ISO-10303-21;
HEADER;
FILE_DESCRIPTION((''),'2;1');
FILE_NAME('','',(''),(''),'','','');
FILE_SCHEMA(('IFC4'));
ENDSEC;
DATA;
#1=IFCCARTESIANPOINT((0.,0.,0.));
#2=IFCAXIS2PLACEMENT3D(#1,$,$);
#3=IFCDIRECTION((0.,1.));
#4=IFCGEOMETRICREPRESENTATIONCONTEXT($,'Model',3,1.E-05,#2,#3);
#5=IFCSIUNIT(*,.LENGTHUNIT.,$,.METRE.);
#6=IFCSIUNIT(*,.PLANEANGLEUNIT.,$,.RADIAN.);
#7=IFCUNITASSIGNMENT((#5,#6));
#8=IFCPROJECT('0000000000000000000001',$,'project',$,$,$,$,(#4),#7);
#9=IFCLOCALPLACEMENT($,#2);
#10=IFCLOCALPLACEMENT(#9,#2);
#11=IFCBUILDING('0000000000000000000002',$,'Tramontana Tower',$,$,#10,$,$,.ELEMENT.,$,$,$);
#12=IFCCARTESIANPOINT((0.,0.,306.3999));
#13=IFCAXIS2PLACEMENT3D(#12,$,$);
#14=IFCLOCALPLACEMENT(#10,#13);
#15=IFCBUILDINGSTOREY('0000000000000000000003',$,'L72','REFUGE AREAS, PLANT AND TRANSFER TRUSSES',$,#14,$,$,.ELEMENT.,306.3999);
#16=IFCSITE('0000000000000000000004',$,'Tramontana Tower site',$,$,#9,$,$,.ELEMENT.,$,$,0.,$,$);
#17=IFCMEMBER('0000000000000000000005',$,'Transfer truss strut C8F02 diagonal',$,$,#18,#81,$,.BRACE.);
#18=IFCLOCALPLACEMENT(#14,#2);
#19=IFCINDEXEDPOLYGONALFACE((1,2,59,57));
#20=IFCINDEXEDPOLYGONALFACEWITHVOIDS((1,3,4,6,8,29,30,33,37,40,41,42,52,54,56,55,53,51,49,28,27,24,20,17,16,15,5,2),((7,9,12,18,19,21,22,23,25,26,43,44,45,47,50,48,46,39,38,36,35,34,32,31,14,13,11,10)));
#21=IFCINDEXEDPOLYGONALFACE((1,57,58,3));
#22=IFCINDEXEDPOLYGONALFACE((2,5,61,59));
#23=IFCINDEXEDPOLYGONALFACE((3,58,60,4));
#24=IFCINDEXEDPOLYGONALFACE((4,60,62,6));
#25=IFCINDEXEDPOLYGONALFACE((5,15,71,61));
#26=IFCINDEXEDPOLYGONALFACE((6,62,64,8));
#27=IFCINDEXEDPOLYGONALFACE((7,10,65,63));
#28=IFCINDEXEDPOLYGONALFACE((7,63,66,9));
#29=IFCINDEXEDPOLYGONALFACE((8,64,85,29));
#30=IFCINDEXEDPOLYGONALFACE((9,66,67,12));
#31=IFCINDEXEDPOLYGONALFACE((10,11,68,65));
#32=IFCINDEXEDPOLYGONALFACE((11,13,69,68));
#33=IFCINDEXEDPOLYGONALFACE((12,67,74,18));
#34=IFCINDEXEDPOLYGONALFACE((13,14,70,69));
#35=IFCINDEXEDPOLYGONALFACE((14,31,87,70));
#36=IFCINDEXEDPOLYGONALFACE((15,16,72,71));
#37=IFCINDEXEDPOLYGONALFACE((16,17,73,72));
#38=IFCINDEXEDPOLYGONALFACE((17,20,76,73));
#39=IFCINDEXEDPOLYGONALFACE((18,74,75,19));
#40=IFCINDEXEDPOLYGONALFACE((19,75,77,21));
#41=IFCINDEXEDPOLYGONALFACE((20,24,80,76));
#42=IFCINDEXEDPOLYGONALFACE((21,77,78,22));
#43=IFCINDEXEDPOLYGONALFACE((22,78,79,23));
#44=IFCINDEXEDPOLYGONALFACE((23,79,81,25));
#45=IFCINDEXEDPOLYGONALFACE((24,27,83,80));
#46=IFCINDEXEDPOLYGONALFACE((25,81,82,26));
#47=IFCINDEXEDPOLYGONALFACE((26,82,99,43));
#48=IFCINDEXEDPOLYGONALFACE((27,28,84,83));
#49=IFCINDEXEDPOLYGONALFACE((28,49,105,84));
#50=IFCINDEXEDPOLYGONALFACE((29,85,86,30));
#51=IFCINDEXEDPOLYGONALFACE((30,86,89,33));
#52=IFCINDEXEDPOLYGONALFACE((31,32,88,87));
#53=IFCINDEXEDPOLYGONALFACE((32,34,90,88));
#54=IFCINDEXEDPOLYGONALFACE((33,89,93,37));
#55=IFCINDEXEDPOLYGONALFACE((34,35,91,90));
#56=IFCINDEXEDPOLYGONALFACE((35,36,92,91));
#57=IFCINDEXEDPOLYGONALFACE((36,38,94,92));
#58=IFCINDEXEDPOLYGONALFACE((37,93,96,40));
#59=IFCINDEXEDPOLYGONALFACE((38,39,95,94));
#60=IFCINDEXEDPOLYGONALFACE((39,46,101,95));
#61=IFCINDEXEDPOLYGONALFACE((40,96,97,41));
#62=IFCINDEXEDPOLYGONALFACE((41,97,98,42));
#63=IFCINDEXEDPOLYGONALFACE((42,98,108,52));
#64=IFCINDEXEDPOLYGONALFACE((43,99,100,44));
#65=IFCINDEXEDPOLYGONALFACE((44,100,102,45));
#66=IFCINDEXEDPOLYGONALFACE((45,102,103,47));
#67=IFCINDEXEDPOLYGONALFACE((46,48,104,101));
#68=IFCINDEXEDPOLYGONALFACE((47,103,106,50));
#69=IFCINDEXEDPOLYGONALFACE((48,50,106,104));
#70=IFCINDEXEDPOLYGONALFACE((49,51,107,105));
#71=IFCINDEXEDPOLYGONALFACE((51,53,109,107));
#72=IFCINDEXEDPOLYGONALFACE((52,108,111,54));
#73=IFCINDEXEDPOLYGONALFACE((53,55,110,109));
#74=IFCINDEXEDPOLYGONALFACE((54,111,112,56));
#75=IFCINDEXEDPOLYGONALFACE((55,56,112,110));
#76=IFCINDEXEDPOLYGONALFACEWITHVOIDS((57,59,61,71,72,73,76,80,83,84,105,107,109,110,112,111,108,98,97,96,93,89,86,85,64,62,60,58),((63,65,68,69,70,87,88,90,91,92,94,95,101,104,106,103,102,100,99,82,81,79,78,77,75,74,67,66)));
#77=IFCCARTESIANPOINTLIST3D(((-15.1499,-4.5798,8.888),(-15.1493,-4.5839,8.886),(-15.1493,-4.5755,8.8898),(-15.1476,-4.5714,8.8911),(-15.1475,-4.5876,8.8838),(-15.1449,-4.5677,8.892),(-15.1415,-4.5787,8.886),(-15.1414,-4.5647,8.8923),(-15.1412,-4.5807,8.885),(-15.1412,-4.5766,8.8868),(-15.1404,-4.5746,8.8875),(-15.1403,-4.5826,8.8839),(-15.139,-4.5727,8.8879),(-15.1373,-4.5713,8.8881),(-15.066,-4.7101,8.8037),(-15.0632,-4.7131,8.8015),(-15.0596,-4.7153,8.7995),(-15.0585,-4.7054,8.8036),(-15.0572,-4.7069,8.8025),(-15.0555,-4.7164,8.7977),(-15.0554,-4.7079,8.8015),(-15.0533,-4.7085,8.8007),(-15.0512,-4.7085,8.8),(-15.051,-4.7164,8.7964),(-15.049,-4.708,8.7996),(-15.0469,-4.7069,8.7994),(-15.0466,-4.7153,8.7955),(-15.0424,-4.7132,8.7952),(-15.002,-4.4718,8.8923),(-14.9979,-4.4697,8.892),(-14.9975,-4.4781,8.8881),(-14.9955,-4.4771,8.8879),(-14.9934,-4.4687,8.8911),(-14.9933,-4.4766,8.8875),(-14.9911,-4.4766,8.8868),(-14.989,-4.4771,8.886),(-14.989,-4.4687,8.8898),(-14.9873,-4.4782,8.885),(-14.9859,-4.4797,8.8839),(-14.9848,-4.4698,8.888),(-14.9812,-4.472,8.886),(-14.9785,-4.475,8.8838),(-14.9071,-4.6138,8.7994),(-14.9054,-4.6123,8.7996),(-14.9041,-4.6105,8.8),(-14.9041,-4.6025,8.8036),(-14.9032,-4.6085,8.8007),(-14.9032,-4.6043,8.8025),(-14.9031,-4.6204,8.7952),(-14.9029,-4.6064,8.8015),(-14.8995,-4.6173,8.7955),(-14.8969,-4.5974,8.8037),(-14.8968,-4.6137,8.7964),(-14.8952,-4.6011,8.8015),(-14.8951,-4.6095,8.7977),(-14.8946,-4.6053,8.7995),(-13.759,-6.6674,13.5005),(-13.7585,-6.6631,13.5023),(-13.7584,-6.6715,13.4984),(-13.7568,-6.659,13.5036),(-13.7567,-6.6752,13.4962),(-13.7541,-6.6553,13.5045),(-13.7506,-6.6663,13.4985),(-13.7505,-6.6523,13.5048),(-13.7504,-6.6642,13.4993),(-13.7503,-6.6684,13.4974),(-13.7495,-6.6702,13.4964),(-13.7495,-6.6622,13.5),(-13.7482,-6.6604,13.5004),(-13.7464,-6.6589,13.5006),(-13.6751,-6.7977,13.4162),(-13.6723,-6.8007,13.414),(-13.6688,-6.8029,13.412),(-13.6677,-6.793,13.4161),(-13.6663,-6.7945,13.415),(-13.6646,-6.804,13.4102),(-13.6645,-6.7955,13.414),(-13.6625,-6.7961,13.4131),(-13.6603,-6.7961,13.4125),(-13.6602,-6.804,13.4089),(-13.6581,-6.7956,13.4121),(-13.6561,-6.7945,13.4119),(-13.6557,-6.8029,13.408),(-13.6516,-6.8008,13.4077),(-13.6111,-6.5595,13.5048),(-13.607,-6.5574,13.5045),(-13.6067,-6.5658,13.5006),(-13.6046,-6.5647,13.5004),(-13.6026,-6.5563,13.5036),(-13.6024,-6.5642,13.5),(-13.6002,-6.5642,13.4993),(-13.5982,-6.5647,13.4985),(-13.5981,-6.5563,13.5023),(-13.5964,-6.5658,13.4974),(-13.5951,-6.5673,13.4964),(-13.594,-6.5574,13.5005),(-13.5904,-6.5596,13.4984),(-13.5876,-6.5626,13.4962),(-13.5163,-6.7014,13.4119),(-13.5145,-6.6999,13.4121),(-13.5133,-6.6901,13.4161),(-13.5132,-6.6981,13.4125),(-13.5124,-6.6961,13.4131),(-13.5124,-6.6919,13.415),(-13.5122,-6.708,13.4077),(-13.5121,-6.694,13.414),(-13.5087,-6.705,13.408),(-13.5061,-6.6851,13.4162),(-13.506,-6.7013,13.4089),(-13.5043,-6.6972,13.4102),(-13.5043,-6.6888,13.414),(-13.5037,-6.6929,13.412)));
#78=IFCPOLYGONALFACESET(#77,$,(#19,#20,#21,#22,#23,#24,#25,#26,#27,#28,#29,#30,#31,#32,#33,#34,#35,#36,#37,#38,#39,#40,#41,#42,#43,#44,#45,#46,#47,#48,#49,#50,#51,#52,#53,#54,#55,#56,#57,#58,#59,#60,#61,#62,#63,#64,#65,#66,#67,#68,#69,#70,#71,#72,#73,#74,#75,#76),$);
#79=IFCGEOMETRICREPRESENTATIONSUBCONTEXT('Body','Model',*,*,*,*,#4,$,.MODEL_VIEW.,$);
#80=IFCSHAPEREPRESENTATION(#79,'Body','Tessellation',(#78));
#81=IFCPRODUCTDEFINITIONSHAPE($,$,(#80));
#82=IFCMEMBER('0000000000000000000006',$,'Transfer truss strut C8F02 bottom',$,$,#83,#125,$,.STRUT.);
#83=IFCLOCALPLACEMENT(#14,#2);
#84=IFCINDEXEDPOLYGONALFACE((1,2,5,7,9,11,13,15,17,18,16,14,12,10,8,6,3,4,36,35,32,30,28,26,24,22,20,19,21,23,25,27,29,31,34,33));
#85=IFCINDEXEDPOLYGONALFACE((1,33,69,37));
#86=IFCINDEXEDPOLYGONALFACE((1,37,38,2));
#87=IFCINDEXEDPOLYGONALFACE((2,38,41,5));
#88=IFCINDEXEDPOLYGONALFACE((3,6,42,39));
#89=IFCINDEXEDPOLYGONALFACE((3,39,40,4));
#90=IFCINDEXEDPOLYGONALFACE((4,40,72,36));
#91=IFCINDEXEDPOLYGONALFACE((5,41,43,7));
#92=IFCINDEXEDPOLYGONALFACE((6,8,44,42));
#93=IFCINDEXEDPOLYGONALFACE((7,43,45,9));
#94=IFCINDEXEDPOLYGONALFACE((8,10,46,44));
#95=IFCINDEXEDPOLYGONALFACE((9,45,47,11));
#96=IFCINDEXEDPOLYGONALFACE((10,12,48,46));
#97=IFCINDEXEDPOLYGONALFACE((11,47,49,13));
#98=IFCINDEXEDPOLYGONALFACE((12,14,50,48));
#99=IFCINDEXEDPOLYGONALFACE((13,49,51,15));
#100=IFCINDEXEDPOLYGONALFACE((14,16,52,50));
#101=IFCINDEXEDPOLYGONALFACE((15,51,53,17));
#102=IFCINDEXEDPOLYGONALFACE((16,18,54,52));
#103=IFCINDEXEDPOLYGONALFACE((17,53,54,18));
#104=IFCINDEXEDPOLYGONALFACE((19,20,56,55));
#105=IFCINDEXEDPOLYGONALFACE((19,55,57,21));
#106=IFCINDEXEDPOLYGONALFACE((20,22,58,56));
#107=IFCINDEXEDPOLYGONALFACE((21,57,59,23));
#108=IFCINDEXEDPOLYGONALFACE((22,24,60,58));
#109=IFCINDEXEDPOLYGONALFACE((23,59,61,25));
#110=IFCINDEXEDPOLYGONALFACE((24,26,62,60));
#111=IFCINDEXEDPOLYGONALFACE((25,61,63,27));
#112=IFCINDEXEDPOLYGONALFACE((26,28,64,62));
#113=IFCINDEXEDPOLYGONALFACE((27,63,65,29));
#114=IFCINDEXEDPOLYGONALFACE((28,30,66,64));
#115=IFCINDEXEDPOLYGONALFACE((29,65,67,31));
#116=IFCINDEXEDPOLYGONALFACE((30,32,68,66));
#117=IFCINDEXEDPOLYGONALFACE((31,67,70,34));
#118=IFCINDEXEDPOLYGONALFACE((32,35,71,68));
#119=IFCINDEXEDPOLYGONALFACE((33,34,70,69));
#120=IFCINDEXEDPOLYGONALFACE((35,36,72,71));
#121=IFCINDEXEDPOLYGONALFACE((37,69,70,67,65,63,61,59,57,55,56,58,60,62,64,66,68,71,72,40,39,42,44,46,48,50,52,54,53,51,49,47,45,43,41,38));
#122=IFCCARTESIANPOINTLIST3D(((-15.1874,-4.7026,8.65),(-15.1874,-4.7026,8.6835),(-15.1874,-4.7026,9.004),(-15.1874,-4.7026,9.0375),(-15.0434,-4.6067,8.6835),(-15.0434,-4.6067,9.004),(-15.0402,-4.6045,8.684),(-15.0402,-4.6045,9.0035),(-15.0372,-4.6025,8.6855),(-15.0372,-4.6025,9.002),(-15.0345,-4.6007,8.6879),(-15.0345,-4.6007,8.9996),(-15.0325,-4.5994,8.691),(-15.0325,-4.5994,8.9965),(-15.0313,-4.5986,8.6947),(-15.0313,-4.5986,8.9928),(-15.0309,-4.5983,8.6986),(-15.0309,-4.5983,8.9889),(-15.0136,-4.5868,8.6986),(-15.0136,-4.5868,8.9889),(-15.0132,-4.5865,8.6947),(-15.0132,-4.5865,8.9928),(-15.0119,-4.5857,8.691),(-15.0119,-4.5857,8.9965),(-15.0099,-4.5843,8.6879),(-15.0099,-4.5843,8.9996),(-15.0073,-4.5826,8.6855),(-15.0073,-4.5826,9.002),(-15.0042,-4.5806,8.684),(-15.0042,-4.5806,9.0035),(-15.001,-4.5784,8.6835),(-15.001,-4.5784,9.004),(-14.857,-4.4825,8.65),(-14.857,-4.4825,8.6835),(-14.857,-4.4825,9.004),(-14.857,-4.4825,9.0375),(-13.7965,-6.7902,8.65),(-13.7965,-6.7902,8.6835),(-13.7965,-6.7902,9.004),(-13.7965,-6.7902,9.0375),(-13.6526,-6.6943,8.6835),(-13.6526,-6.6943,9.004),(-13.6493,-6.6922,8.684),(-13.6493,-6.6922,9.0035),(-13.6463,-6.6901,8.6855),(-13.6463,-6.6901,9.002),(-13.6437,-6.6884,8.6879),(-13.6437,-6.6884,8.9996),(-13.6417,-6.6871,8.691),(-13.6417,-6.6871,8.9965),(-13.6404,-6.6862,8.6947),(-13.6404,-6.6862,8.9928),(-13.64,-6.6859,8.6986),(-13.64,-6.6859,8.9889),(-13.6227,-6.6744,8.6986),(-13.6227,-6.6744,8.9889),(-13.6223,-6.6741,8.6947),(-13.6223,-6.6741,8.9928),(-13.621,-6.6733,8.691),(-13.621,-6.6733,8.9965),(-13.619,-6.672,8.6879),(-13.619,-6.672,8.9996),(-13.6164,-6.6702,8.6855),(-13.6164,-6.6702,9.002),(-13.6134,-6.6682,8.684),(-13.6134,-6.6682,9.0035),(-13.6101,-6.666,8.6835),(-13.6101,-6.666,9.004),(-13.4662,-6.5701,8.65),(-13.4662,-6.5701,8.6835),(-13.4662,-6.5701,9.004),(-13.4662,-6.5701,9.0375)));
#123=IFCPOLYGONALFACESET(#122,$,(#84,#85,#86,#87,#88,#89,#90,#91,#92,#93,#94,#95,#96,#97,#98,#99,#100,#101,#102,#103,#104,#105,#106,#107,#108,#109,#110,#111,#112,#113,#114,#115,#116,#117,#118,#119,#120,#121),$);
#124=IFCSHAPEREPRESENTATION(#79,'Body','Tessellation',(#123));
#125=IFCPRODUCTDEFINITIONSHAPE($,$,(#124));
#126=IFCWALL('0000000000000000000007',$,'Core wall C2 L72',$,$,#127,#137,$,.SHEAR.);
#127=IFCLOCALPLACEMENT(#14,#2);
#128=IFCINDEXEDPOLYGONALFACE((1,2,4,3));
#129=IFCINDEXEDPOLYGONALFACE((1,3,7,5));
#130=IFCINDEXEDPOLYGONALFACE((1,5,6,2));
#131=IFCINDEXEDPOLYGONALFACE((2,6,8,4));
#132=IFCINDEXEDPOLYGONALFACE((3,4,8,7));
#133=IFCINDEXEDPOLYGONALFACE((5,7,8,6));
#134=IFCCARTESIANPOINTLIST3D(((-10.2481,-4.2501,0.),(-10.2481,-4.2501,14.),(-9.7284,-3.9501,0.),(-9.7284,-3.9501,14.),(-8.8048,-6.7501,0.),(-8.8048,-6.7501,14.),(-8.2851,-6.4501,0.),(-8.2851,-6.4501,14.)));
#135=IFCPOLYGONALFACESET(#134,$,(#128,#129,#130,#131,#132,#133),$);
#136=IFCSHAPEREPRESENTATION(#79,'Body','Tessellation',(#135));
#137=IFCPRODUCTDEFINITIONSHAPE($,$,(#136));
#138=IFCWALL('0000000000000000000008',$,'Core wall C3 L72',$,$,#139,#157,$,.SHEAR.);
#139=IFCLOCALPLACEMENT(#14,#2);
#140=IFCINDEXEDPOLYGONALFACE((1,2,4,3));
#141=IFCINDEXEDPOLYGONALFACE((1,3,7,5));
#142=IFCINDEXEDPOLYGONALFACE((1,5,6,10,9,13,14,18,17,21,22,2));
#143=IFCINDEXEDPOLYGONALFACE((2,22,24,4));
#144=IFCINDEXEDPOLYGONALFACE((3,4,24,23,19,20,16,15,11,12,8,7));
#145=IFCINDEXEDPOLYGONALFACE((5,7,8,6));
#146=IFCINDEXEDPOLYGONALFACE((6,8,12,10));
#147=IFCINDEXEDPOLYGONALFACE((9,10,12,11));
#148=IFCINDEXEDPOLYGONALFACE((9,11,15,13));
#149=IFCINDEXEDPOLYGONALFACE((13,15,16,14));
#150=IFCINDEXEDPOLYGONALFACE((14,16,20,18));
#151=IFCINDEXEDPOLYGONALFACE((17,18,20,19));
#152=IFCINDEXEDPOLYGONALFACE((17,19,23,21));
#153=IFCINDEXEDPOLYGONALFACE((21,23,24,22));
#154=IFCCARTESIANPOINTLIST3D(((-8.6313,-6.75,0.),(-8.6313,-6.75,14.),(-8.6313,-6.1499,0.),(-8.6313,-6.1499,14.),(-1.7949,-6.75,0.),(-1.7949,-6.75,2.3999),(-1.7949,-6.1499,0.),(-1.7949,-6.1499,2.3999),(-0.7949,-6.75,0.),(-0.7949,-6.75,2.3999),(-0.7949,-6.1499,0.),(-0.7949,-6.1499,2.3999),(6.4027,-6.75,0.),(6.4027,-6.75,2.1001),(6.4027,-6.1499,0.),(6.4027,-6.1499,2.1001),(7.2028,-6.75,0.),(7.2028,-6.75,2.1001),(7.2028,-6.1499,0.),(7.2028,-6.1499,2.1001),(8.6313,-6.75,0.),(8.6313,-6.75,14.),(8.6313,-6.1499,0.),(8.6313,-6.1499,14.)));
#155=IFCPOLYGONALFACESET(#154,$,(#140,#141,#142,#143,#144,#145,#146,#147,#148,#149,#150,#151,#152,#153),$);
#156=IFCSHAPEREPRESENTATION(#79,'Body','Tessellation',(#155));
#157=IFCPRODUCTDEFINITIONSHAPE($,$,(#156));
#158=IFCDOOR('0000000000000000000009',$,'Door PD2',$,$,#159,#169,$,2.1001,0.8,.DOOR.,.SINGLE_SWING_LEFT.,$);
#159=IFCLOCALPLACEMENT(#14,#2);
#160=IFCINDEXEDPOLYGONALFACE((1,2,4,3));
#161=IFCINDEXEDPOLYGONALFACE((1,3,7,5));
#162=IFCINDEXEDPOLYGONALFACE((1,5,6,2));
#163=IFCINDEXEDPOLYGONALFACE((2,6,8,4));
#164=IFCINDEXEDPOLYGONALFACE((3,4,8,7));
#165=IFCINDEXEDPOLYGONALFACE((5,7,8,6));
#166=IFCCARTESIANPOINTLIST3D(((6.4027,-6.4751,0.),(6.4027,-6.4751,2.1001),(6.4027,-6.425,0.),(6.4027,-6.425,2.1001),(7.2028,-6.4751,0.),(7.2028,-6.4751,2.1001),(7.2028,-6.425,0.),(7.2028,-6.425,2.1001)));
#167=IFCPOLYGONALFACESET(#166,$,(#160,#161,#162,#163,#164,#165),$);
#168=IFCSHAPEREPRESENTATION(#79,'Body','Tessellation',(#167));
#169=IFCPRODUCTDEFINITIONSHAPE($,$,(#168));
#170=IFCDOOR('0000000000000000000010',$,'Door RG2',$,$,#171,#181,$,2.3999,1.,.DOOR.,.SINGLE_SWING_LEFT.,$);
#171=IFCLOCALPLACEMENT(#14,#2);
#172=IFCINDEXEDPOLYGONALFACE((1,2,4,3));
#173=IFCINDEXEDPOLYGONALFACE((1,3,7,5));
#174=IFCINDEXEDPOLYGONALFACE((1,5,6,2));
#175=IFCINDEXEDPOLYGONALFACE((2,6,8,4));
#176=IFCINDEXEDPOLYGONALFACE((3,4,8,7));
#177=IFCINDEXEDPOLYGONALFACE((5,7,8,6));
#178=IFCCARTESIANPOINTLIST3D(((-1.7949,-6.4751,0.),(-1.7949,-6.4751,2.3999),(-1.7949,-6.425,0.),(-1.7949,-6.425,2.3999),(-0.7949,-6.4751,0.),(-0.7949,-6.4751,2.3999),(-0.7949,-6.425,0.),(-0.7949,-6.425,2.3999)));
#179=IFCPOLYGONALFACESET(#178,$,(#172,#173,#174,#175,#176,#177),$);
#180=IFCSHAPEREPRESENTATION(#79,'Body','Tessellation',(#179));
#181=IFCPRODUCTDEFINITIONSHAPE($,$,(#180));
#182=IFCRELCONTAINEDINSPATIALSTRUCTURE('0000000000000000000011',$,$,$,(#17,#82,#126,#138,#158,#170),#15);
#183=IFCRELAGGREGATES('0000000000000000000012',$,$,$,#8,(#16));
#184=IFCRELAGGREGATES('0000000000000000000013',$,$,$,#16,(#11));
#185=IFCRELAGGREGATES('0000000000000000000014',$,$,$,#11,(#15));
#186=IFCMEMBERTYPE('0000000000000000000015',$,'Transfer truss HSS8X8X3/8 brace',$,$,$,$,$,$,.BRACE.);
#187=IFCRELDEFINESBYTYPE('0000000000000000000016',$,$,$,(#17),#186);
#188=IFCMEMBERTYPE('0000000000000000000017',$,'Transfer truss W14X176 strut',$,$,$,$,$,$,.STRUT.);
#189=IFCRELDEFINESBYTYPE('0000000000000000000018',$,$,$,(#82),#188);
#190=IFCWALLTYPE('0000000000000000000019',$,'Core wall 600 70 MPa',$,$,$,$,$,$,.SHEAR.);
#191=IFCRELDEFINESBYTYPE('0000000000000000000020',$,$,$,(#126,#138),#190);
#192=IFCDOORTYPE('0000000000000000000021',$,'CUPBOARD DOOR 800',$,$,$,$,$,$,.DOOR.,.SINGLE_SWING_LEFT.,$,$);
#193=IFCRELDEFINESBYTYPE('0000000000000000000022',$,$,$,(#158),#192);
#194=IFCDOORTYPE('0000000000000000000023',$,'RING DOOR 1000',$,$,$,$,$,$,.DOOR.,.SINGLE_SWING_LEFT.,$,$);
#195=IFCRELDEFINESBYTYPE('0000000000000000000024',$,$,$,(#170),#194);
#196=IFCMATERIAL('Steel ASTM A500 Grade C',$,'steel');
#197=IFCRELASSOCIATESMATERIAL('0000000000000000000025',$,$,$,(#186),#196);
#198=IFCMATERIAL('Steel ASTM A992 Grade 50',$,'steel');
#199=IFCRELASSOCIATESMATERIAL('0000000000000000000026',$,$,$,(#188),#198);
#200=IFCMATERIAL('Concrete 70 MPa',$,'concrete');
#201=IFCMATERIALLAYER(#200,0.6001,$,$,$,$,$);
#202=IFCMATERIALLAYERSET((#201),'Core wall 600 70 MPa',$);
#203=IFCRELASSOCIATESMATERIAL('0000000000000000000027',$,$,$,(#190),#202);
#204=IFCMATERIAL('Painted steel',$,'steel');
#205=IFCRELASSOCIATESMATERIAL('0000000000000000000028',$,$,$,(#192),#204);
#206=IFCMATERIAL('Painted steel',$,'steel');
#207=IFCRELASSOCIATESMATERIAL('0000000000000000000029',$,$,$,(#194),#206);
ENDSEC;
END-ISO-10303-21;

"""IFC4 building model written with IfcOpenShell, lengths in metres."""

from ifc_helpers import new_model, si_unit, direction, frame, frame_2d, origin, origin_2d, place, context, subcontext, project, spatial, rectangle, hollow_rectangle, i_section, extrude, material, layer, layer_set, material_profile, profile_set, type_object, element, fill, save


model = new_model("IFC4")

# Units and contexts
model_context = context("Model", 3, precision=1e-05, world=origin(), true_north=direction((0.0, 1.0)))
body_context = subcontext(model_context, "Body", "Model", "MODEL_VIEW")
ifc_project = project(units=[si_unit("LENGTHUNIT", "METRE"), si_unit("PLANEANGLEUNIT", "RADIAN")], contexts=[model_context])

# Site, building, storey
site_placement = place(None, origin())
site = spatial("IfcSite", under=ifc_project, at=site_placement, Name="Tramontana Tower site", CompositionType="ELEMENT", RefElevation=0.0)
building_placement = place(site_placement, origin())
building = spatial("IfcBuilding", under=site, at=building_placement, Name="Tramontana Tower", CompositionType="ELEMENT")
storey_placement = place(building_placement, frame((0.0, 0.0, 306.3999)))
storey = spatial("IfcBuildingStorey", under=building, at=storey_placement, Name="L72", Description="REFUGE AREAS, PLANT AND TRANSFER TRUSSES", CompositionType="ELEMENT", Elevation=306.3999)

# Members
ifc_material_1 = material(Name="Steel ASTM A500 Grade C", Category="steel")
ifc_material_profile_1 = material_profile(ifc_material_1, hollow_rectangle(XDim=0.2031, YDim=0.2031, WallThickness=0.0088, InnerFilletRadius=0.0088, OuterFilletRadius=0.0178, at=origin_2d()), Name="HSS8X8X3/8")
ifc_profile_set_1 = profile_set([ifc_material_profile_1], Name="Steel ASTM A500 Grade C")
member_type_1 = type_object("IfcMemberType", Name="Transfer truss HSS8X8X3/8 brace", PredefinedType="BRACE", material=ifc_profile_set_1)
member_1_placement = place(storey_placement, frame((-15.0222, -4.5925, 8.8438), z_axis=(0.264899, -0.397604, 0.878487), x_axis=(0.832215, 0.554453, 0.0)))
element("IfcMember", 1, at=member_1_placement, inside=storey, type_object=member_type_1, Name="Transfer truss strut C8F02 diagonal", PredefinedType="BRACE", context=body_context, shape_type="SweptSolid", body=[
    extrude(hollow_rectangle(XDim=0.2031, YDim=0.2031, WallThickness=0.0088, InnerFilletRadius=0.0088, OuterFilletRadius=0.0178, at=origin_2d()), origin(), (0.0, 0.0, 1.0), 5.2505),
])
ifc_material_2 = material(Name="Steel ASTM A992 Grade 50", Category="steel")
ifc_material_profile_2 = material_profile(ifc_material_2, i_section(OverallWidth=0.397, OverallDepth=0.3875, WebThickness=0.0208, FlangeThickness=0.0334, FilletRadius=0.0151, at=origin_2d()), Name="W14X176")
ifc_profile_set_2 = profile_set([ifc_material_profile_2], Name="Steel ASTM A992 Grade 50")
member_type_2 = type_object("IfcMemberType", Name="Transfer truss W14X176 strut", PredefinedType="STRUT", material=ifc_profile_set_2)
member_2_placement = place(storey_placement, frame((-15.0222, -4.5925, 8.8438), z_axis=(0.554453, -0.832215, 0.0), x_axis=(0.832215, 0.554453, 0.0)))
element("IfcMember", 2, at=member_2_placement, inside=storey, type_object=member_type_2, Name="Transfer truss strut C8F02 bottom", PredefinedType="STRUT", context=body_context, shape_type="SweptSolid", body=[
    extrude(i_section(OverallWidth=0.397, OverallDepth=0.3875, WebThickness=0.0208, FlangeThickness=0.0334, FilletRadius=0.0151, at=origin_2d()), origin(), (0.0, 0.0, 1.0), 2.5085),
])

# Wall
ifc_material_3 = material(Name="Concrete 70 MPa", Category="concrete")
ifc_layer_1 = layer(ifc_material_3, 0.6001)
ifc_layer_set_1 = layer_set([ifc_layer_1], Name="Core wall 600 70 MPa")
wall_type_1 = type_object("IfcWallType", Name="Core wall 600 70 MPa", PredefinedType="SHEAR", material=ifc_layer_set_1)
wall_1_placement = place(storey_placement, frame((-9.9883, -4.1001, 0.0), z_axis=(0.0, 0.0, 1.0), x_axis=(0.499996, -0.866028, 0.0)))
element("IfcWall", 3, at=wall_1_placement, inside=storey, type_object=wall_type_1, Name="Core wall C2 L72", PredefinedType="SHEAR", context=body_context, shape_type="SweptSolid", body=[
    extrude(rectangle(XDim=2.8867, YDim=0.6001, at=frame_2d((1.4434, 0.0))), origin(), (0.0, 0.0, 1.0), 14.0),
])

# Wall, openings, doors
wall_2_placement = place(storey_placement, frame((-8.6313, -6.45, 0.0), z_axis=(0.0, 0.0, 1.0), x_axis=(1.0, 0.0, 0.0)))
wall_2 = element("IfcWall", 4, at=wall_2_placement, inside=storey, type_object=wall_type_1, Name="Core wall C3 L72", PredefinedType="SHEAR", context=body_context, shape_type="SweptSolid", body=[
    extrude(rectangle(XDim=17.2627, YDim=0.6001, at=frame_2d((8.6313, 0.0))), origin(), (0.0, 0.0, 1.0), 14.0),
])
opening_1_placement = place(wall_2_placement, frame((6.8364, 0.0, 0.0)))
opening_1 = element("IfcOpeningElement", 5, at=opening_1_placement, cuts=wall_2, PredefinedType="OPENING", context=body_context, shape_type="SweptSolid", body=[
    extrude(rectangle(XDim=1.0, YDim=2.3999, at=frame_2d((0.5, 1.2))), frame((0.0, 0.3101, 0.0), z_axis=(0.0, -1.0, 0.0), x_axis=(1.0, 0.0, 0.0)), (0.0, 0.0, 1.0), 0.6201),
])
opening_2_placement = place(wall_2_placement, frame((15.0342, 0.0, 0.0)))
opening_2 = element("IfcOpeningElement", 6, at=opening_2_placement, cuts=wall_2, PredefinedType="OPENING", context=body_context, shape_type="SweptSolid", body=[
    extrude(rectangle(XDim=0.8, YDim=2.1001, at=frame_2d((0.3999, 1.05))), frame((0.0, 0.3101, 0.0), z_axis=(0.0, -1.0, 0.0), x_axis=(1.0, 0.0, 0.0)), (0.0, 0.0, 1.0), 0.6201),
])
ifc_material_4 = material(Name="Painted steel", Category="steel")
door_type_1 = type_object("IfcDoorType", Name="CUPBOARD DOOR 800", OperationType="SINGLE_SWING_LEFT", PredefinedType="DOOR", material=ifc_material_4)
door_1_placement = place(opening_2_placement, origin())
door_1 = element("IfcDoor", 7, at=door_1_placement, inside=storey, type_object=door_type_1, Name="Door PD2", OperationType="SINGLE_SWING_LEFT", OverallHeight=2.1001, OverallWidth=0.8, PredefinedType="DOOR", context=body_context, shape_type="SweptSolid", body=[
    extrude(rectangle(XDim=0.8, YDim=2.1001, at=frame_2d((0.3999, 1.05))), frame((0.0, 0.0249, 0.0), z_axis=(0.0, -1.0, 0.0), x_axis=(1.0, 0.0, 0.0)), (0.0, 0.0, 1.0), 0.05),
])
fill(opening_2, door_1)
ifc_material_5 = material(Name="Painted steel", Category="steel")
door_type_2 = type_object("IfcDoorType", Name="RING DOOR 1000", OperationType="SINGLE_SWING_LEFT", PredefinedType="DOOR", material=ifc_material_5)
door_2_placement = place(opening_1_placement, origin())
door_2 = element("IfcDoor", 8, at=door_2_placement, inside=storey, type_object=door_type_2, Name="Door RG2", OperationType="SINGLE_SWING_LEFT", OverallHeight=2.3999, OverallWidth=1.0, PredefinedType="DOOR", context=body_context, shape_type="SweptSolid", body=[
    extrude(rectangle(XDim=1.0, YDim=2.3999, at=frame_2d((0.5, 1.2))), frame((0.0, 0.0249, 0.0), z_axis=(0.0, -1.0, 0.0), x_axis=(1.0, 0.0, 0.0)), (0.0, 0.0, 1.0), 0.05),
])
fill(opening_1, door_2)

save(model, "model.ifc")
